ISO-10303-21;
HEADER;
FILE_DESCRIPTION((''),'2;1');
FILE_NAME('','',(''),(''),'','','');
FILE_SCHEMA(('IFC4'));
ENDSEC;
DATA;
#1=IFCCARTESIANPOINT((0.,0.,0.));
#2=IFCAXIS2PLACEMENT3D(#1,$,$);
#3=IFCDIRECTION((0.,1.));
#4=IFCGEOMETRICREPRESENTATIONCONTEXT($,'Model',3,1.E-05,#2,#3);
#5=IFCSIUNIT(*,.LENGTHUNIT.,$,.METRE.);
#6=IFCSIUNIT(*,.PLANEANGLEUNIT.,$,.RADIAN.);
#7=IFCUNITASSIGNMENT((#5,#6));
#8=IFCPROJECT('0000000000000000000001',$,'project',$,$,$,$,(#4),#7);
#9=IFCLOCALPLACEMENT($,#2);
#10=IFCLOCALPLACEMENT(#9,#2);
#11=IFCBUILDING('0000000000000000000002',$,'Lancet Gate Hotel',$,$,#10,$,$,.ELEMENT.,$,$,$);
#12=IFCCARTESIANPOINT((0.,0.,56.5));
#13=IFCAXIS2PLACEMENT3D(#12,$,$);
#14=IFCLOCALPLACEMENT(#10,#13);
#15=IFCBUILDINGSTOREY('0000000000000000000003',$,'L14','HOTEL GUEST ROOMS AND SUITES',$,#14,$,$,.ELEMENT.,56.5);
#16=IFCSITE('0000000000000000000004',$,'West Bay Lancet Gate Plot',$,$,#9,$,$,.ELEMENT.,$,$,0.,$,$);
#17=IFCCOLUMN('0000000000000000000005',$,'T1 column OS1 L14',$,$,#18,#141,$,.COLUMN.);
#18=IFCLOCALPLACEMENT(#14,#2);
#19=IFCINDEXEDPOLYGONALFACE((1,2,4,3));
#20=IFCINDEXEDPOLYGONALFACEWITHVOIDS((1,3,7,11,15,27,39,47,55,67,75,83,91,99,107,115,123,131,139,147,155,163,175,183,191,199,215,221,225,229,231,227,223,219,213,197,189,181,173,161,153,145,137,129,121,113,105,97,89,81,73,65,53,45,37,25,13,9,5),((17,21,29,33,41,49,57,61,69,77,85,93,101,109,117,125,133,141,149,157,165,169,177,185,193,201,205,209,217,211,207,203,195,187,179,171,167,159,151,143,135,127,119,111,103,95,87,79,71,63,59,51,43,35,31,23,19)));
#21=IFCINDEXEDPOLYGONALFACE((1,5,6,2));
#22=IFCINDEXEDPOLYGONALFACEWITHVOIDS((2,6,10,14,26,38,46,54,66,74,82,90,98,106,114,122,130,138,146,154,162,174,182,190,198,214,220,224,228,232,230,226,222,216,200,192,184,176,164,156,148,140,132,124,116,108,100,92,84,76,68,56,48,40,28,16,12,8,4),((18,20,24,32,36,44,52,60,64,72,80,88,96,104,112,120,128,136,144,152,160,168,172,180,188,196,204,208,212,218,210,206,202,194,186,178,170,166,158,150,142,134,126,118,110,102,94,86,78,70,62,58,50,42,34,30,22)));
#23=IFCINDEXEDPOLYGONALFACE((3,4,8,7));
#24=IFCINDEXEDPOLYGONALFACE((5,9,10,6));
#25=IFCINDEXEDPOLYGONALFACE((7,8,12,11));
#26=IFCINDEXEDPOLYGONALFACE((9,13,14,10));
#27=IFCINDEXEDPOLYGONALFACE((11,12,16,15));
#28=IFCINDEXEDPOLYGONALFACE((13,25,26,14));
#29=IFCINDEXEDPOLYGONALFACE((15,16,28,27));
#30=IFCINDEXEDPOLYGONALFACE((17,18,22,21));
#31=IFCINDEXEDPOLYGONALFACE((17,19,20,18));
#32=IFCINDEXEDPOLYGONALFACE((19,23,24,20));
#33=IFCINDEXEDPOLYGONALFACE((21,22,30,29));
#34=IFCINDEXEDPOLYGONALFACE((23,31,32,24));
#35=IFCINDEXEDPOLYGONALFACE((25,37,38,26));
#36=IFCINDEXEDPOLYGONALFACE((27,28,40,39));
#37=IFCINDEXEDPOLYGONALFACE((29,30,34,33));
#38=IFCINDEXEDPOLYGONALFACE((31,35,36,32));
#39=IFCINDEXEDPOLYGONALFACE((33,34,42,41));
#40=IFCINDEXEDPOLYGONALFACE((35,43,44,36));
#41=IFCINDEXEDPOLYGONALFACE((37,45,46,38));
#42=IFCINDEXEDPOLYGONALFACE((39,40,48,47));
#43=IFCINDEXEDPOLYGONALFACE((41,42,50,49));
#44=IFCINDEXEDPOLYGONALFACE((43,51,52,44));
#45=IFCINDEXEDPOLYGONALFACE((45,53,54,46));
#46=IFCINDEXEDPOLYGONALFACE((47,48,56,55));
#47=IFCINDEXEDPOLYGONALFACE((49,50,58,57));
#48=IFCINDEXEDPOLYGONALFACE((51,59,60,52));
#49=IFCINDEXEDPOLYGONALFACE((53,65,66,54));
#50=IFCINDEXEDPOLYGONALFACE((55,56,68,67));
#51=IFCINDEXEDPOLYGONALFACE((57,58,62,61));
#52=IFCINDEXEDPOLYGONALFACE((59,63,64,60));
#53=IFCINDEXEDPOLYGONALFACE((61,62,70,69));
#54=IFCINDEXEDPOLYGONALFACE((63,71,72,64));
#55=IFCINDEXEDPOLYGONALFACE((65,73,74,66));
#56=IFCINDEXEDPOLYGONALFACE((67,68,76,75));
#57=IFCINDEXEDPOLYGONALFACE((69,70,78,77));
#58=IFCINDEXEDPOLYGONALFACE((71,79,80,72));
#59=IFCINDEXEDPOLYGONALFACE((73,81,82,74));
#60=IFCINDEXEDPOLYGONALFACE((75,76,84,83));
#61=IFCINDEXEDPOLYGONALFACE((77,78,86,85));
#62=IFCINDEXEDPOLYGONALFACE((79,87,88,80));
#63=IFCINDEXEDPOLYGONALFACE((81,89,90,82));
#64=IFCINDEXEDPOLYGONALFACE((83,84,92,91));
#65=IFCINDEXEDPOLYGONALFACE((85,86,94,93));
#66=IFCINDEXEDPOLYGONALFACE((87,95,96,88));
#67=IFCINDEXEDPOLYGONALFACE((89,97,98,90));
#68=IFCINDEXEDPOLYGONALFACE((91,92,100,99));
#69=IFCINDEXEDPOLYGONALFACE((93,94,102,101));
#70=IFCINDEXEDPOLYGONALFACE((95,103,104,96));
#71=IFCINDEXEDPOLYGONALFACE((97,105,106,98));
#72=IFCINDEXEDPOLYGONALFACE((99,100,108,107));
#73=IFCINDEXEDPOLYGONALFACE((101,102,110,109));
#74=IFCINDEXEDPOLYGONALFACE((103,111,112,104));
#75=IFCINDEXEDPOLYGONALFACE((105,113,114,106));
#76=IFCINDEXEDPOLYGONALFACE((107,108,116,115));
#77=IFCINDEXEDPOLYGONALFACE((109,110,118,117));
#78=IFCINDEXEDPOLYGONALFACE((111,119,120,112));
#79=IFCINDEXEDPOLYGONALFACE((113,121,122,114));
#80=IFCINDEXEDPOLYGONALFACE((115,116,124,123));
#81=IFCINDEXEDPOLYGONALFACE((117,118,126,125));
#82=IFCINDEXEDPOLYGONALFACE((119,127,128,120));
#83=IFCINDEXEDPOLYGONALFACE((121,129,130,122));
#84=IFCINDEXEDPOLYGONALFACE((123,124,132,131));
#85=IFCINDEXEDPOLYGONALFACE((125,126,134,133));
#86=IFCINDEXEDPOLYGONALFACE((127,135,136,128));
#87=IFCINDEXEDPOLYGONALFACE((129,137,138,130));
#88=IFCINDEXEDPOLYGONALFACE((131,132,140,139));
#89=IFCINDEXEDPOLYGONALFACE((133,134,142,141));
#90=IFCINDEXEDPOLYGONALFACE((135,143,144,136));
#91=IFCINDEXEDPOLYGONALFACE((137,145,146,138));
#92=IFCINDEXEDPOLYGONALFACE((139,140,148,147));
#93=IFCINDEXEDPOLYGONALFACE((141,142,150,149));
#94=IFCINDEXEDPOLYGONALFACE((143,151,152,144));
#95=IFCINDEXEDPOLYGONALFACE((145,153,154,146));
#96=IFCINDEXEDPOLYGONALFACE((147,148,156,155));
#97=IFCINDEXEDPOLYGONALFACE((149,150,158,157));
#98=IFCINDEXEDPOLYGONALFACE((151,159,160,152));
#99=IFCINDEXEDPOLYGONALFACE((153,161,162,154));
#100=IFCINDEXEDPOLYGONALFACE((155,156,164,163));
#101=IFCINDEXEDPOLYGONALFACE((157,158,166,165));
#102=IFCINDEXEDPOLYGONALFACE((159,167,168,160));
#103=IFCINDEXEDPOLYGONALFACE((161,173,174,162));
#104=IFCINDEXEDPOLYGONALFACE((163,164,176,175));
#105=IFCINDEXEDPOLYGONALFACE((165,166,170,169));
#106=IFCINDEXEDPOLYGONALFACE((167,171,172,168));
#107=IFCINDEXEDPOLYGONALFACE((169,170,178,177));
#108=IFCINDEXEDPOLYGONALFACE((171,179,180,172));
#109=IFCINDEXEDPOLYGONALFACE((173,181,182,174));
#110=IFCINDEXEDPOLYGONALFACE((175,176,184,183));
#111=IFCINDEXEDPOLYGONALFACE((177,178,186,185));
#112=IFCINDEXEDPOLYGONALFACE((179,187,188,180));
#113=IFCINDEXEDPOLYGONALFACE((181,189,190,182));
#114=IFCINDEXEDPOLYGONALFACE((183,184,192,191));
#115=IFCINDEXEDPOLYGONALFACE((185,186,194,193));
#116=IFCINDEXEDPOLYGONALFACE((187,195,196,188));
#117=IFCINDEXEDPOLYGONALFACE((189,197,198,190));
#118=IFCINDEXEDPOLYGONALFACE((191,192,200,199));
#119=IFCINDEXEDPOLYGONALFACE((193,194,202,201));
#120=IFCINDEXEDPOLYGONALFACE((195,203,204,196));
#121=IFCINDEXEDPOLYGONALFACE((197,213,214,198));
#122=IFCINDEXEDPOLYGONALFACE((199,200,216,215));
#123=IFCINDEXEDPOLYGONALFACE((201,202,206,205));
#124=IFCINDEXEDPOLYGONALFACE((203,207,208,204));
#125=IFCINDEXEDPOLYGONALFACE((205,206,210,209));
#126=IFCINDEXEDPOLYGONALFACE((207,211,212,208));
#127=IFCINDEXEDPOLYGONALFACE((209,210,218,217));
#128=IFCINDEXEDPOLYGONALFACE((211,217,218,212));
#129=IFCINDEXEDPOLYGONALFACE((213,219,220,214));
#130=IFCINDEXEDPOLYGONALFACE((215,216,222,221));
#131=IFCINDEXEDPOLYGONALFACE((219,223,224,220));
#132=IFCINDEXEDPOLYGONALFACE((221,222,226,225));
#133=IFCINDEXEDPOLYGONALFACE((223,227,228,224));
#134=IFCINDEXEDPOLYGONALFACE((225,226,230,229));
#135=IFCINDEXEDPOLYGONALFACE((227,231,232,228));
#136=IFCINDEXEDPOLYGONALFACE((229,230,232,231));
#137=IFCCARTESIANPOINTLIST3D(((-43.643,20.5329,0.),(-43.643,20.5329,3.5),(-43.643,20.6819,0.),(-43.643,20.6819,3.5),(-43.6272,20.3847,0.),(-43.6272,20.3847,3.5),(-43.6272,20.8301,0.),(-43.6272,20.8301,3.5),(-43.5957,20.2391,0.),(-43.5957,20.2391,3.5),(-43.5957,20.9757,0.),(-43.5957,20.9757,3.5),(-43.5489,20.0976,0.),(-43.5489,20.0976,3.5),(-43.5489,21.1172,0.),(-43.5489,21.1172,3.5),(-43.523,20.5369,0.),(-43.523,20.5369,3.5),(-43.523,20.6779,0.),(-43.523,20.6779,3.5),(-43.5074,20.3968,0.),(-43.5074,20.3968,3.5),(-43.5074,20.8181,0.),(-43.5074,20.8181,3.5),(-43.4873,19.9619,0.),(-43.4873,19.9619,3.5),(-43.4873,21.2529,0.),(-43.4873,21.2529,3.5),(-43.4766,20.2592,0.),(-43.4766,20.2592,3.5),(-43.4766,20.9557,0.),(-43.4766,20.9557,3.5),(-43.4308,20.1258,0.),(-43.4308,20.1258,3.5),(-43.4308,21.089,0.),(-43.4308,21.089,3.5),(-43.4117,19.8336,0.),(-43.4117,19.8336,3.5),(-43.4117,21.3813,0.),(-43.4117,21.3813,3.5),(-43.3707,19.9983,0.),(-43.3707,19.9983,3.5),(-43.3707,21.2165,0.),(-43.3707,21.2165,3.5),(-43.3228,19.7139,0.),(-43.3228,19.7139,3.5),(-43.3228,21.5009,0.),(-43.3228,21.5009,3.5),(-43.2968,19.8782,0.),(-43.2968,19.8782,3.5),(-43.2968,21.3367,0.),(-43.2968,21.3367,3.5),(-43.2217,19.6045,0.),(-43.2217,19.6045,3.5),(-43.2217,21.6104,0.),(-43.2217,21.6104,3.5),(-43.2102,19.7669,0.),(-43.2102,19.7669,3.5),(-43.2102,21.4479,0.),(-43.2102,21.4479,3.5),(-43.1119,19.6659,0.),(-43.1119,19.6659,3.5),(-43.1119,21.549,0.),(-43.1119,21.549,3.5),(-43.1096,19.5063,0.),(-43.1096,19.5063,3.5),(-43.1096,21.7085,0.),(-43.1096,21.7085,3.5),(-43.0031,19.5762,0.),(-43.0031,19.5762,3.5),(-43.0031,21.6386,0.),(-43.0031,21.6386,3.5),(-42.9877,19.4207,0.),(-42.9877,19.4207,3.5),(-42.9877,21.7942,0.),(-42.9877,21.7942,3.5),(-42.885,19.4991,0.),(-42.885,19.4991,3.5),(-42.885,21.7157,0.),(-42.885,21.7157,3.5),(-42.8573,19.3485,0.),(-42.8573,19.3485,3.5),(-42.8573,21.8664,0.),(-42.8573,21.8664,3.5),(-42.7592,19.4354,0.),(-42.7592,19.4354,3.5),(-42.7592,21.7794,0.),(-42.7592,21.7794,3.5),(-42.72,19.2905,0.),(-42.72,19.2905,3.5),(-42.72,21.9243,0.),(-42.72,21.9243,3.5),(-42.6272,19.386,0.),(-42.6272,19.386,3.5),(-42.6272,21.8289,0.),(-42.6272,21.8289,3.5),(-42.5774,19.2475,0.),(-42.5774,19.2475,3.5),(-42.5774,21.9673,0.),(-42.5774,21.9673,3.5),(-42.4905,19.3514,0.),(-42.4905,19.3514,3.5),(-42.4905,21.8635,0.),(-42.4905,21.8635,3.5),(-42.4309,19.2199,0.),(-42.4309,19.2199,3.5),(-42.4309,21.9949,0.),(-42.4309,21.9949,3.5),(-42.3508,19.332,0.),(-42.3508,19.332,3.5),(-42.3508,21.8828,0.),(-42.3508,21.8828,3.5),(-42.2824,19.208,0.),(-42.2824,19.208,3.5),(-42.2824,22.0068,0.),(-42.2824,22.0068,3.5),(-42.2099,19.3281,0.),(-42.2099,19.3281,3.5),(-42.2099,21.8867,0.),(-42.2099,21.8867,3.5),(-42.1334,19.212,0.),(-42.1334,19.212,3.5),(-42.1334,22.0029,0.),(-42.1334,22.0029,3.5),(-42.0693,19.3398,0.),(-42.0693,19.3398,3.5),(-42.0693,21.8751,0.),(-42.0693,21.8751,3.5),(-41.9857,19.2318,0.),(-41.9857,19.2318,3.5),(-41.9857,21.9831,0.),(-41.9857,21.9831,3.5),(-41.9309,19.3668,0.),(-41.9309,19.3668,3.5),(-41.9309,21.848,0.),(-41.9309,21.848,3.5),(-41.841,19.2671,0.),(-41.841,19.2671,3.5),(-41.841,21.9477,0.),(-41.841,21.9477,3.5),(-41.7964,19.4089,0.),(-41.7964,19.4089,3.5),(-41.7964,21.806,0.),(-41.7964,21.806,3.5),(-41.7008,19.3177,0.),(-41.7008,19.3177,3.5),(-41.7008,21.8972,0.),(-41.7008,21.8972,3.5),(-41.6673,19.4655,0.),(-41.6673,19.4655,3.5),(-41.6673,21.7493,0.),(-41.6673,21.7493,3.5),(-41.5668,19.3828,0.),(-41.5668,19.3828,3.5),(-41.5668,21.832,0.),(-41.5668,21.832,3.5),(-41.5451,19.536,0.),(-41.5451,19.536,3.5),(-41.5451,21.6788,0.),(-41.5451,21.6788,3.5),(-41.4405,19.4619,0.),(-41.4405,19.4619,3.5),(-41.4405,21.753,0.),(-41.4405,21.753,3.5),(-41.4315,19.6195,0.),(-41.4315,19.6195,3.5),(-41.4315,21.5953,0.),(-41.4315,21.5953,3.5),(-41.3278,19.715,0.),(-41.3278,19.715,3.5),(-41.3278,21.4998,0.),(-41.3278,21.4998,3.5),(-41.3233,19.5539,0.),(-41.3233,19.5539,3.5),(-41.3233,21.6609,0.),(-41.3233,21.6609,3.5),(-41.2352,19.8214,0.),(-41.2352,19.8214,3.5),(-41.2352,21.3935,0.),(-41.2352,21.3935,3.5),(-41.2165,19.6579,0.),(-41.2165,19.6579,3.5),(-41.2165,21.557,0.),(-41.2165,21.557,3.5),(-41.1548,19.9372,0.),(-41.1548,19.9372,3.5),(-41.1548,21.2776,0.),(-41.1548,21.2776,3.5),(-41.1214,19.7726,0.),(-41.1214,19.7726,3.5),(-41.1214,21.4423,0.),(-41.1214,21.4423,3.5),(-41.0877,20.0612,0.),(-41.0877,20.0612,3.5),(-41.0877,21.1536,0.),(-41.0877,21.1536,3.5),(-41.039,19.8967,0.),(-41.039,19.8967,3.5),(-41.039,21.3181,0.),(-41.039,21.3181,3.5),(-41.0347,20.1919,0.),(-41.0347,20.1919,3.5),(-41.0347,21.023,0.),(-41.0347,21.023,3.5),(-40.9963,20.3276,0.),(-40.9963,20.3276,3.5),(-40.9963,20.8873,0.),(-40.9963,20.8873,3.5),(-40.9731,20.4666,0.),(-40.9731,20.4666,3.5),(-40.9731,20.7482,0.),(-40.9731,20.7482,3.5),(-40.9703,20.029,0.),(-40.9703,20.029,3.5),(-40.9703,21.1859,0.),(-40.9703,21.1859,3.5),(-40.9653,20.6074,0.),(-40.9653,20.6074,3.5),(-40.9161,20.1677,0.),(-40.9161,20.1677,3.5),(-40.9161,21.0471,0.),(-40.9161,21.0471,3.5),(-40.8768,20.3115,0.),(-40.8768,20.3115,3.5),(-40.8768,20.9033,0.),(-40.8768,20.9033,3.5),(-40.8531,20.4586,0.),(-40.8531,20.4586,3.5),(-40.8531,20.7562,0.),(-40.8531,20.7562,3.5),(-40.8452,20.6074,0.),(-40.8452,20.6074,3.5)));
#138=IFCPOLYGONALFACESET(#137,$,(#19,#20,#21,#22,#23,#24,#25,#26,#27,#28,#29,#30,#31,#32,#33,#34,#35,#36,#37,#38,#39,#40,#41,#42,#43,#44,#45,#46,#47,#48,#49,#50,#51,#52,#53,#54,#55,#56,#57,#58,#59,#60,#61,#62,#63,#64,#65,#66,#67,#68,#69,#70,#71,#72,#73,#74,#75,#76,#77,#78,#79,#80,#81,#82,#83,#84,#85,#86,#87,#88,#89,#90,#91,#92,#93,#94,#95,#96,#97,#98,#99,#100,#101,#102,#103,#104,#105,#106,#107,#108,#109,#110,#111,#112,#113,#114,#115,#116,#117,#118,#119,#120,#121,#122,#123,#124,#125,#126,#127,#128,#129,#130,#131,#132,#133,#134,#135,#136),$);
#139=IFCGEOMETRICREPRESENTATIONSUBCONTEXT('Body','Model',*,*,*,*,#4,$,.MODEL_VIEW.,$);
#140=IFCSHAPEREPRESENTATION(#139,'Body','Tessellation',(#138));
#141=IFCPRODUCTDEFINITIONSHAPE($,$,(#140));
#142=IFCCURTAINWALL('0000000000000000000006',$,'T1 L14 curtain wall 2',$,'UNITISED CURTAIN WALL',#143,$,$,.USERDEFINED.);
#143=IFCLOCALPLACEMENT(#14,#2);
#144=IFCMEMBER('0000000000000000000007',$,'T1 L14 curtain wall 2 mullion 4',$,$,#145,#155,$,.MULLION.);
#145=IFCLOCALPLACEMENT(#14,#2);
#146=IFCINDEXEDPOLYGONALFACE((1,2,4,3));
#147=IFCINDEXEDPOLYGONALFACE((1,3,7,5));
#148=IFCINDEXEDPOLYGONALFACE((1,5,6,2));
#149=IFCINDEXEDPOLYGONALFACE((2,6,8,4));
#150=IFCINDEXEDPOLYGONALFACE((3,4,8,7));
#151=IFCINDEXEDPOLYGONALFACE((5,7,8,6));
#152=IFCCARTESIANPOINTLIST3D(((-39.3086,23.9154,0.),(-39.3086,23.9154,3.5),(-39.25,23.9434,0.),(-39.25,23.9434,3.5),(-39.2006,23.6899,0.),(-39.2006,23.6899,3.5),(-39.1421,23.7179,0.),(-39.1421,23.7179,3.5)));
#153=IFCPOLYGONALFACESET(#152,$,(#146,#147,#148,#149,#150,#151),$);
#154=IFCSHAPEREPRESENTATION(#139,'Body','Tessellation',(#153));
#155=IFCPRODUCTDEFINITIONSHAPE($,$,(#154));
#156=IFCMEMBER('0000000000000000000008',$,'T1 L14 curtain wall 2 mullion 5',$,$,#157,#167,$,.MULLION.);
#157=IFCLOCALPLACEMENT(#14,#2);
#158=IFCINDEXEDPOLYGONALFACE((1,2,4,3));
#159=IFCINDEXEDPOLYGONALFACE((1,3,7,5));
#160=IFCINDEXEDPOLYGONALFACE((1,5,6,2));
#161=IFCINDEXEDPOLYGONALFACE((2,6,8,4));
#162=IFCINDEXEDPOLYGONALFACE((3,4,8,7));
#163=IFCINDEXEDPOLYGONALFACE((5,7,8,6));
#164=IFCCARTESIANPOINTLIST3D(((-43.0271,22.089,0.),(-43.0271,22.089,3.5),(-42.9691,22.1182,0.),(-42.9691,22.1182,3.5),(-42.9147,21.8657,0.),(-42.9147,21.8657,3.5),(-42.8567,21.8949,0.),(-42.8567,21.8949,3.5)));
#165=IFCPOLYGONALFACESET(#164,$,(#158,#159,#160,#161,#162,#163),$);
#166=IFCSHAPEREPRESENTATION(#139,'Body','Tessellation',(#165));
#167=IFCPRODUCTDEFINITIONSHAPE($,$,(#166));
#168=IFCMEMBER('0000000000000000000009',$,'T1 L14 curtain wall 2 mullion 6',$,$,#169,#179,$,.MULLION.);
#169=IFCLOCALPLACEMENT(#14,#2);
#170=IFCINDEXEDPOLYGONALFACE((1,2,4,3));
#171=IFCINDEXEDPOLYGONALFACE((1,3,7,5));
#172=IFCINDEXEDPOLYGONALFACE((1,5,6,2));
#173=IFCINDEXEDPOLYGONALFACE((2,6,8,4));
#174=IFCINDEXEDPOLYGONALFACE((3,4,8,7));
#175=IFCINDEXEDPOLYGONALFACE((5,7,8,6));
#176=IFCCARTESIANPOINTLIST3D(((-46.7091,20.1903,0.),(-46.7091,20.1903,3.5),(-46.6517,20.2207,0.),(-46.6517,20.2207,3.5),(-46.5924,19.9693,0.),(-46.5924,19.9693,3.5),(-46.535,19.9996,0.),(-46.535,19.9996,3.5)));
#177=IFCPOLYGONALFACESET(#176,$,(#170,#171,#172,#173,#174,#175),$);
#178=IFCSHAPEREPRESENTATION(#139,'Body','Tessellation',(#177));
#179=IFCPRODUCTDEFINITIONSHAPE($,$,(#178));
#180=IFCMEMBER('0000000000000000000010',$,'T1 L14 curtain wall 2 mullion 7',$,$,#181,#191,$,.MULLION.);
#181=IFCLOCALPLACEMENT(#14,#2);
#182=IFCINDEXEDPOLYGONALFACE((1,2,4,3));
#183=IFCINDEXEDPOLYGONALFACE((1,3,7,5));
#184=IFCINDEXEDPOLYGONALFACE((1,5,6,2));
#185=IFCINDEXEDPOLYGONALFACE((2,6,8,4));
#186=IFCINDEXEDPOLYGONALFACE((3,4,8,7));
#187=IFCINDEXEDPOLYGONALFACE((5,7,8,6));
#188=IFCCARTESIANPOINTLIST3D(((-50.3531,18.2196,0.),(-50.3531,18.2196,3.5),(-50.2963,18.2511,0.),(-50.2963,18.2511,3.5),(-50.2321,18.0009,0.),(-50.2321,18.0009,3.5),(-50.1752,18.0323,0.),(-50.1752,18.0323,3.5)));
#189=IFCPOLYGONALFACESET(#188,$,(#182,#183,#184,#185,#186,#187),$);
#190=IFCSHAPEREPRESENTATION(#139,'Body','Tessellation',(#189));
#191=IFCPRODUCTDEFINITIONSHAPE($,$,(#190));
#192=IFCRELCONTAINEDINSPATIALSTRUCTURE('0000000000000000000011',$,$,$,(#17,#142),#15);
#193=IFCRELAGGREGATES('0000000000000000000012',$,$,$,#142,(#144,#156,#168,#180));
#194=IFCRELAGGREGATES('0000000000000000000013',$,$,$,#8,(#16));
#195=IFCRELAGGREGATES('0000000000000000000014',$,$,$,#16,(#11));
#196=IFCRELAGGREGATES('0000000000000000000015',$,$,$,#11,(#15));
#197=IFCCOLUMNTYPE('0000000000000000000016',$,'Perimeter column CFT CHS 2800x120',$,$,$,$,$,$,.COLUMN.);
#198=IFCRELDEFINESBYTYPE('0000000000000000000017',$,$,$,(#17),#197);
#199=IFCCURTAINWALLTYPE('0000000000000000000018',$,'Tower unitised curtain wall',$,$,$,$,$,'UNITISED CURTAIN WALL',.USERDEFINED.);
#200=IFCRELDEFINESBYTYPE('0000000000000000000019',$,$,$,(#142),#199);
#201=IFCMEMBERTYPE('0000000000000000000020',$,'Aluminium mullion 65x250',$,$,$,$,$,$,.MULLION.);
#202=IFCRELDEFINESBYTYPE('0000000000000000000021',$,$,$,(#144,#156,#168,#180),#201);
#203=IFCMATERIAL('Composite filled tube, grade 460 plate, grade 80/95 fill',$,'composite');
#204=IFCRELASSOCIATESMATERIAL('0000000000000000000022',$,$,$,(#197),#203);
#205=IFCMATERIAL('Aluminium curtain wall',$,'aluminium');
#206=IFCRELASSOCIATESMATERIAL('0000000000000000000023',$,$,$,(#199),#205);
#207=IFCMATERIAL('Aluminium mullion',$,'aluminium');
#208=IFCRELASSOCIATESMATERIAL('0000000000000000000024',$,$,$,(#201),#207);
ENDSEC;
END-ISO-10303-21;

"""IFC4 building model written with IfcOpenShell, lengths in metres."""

from ifc_helpers import new_model, si_unit, direction, frame, origin, origin_2d, place, context, subcontext, project, spatial, rectangle, hollow_circle, extrude, material, material_profile, profile_set, type_object, element, aggregate, save


model = new_model("IFC4")

# Units and contexts
model_context = context("Model", 3, precision=1e-05, world=origin(), true_north=direction((0.0, 1.0)))
body_context = subcontext(model_context, "Body", "Model", "MODEL_VIEW")
ifc_project = project(units=[si_unit("LENGTHUNIT", "METRE"), si_unit("PLANEANGLEUNIT", "RADIAN")], contexts=[model_context])

# Site, building, storey
site_placement = place(None, origin())
site = spatial("IfcSite", under=ifc_project, at=site_placement, Name="West Bay Lancet Gate Plot", CompositionType="ELEMENT", RefElevation=0.0)
building_placement = place(site_placement, origin())
building = spatial("IfcBuilding", under=site, at=building_placement, Name="Lancet Gate Hotel", CompositionType="ELEMENT")
storey_placement = place(building_placement, frame((0.0, 0.0, 56.5)))
storey = spatial("IfcBuildingStorey", under=building, at=storey_placement, Name="L14", Description="HOTEL GUEST ROOMS AND SUITES", CompositionType="ELEMENT", Elevation=56.5)

# Column
ifc_material_1 = material(Name="Composite filled tube, grade 460 plate, grade 80/95 fill", Category="composite")
ifc_material_profile_1 = material_profile(ifc_material_1, hollow_circle(Radius=1.3999, WallThickness=0.1201, at=origin_2d()), Name="CHS 2800x120")
ifc_profile_set_1 = profile_set([ifc_material_profile_1], Name="Composite filled tube, grade 460 plate, grade 80/95 fill")
column_type = type_object("IfcColumnType", Name="Perimeter column CFT CHS 2800x120", PredefinedType="COLUMN", material=ifc_profile_set_1)
column_placement = place(storey_placement, frame((-42.2451, 20.6074, 0.0), z_axis=(0.0, 0.0, 1.0), x_axis=(1.0, 0.0, 0.0)))
element("IfcColumn", 1, at=column_placement, inside=storey, type_object=column_type, Name="T1 column OS1 L14", PredefinedType="COLUMN", context=body_context, shape_type="SweptSolid", body=[
    extrude(hollow_circle(Radius=1.3999, WallThickness=0.1201, at=origin_2d()), origin(), (0.0, 0.0, 1.0), 3.5),
])

# Curtain wall, members
ifc_material_2 = material(Name="Aluminium curtain wall", Category="aluminium")
curtain_wall_type = type_object("IfcCurtainWallType", Name="Tower unitised curtain wall", ElementType="UNITISED CURTAIN WALL", PredefinedType="USERDEFINED", material=ifc_material_2)
curtain_wall_placement = place(storey_placement, origin())
curtain_wall = element("IfcCurtainWall", 2, at=curtain_wall_placement, inside=storey, type_object=curtain_wall_type, Name="T1 L14 curtain wall 2", ObjectType="UNITISED CURTAIN WALL", PredefinedType="USERDEFINED")
ifc_material_3 = material(Name="Aluminium mullion", Category="aluminium")
ifc_material_profile_2 = material_profile(ifc_material_3, rectangle(XDim=0.0649, YDim=0.25, at=origin_2d()), Name="MULLION 65x250")
ifc_profile_set_2 = profile_set([ifc_material_profile_2], Name="Aluminium mullion")
member_type_1 = type_object("IfcMemberType", Name="Aluminium mullion 65x250", PredefinedType="MULLION", material=ifc_profile_set_2)
member_1_placement = place(storey_placement, frame((-39.2253, 23.8167, 0.0), z_axis=(0.0, 0.0, 1.0), x_axis=(-0.901929, -0.431885, 0.0)))
member_1 = element("IfcMember", 3, at=member_1_placement, type_object=member_type_1, Name="T1 L14 curtain wall 2 mullion 4", PredefinedType="MULLION", context=body_context, shape_type="SweptSolid", body=[
    extrude(rectangle(XDim=0.0649, YDim=0.25, at=origin_2d()), origin(), (0.0, 0.0, 1.0), 3.5),
])
member_2_placement = place(storey_placement, frame((-42.9419, 21.9919, 0.0), z_axis=(0.0, 0.0, 1.0), x_axis=(-0.893292, -0.449478, 0.0)))
member_2 = element("IfcMember", 4, at=member_2_placement, type_object=member_type_1, Name="T1 L14 curtain wall 2 mullion 5", PredefinedType="MULLION", context=body_context, shape_type="SweptSolid", body=[
    extrude(rectangle(XDim=0.0649, YDim=0.25, at=origin_2d()), origin(), (0.0, 0.0, 1.0), 3.5),
])
member_3_placement = place(storey_placement, frame((-46.6221, 20.095, 0.0), z_axis=(0.0, 0.0, 1.0), x_axis=(-0.884311, -0.466898, 0.0)))
member_3 = element("IfcMember", 5, at=member_3_placement, type_object=member_type_1, Name="T1 L14 curtain wall 2 mullion 6", PredefinedType="MULLION", context=body_context, shape_type="SweptSolid", body=[
    extrude(rectangle(XDim=0.0649, YDim=0.25, at=origin_2d()), origin(), (0.0, 0.0, 1.0), 3.5),
])
member_4_placement = place(storey_placement, frame((-50.2642, 18.126, 0.0), z_axis=(0.0, 0.0, 1.0), x_axis=(-0.874991, -0.484139, 0.0)))
member_4 = element("IfcMember", 6, at=member_4_placement, type_object=member_type_1, Name="T1 L14 curtain wall 2 mullion 7", PredefinedType="MULLION", context=body_context, shape_type="SweptSolid", body=[
    extrude(rectangle(XDim=0.0649, YDim=0.25, at=origin_2d()), origin(), (0.0, 0.0, 1.0), 3.5),
])

aggregate(curtain_wall, [member_1, member_2, member_3, member_4])

save(model, "model.ifc")
